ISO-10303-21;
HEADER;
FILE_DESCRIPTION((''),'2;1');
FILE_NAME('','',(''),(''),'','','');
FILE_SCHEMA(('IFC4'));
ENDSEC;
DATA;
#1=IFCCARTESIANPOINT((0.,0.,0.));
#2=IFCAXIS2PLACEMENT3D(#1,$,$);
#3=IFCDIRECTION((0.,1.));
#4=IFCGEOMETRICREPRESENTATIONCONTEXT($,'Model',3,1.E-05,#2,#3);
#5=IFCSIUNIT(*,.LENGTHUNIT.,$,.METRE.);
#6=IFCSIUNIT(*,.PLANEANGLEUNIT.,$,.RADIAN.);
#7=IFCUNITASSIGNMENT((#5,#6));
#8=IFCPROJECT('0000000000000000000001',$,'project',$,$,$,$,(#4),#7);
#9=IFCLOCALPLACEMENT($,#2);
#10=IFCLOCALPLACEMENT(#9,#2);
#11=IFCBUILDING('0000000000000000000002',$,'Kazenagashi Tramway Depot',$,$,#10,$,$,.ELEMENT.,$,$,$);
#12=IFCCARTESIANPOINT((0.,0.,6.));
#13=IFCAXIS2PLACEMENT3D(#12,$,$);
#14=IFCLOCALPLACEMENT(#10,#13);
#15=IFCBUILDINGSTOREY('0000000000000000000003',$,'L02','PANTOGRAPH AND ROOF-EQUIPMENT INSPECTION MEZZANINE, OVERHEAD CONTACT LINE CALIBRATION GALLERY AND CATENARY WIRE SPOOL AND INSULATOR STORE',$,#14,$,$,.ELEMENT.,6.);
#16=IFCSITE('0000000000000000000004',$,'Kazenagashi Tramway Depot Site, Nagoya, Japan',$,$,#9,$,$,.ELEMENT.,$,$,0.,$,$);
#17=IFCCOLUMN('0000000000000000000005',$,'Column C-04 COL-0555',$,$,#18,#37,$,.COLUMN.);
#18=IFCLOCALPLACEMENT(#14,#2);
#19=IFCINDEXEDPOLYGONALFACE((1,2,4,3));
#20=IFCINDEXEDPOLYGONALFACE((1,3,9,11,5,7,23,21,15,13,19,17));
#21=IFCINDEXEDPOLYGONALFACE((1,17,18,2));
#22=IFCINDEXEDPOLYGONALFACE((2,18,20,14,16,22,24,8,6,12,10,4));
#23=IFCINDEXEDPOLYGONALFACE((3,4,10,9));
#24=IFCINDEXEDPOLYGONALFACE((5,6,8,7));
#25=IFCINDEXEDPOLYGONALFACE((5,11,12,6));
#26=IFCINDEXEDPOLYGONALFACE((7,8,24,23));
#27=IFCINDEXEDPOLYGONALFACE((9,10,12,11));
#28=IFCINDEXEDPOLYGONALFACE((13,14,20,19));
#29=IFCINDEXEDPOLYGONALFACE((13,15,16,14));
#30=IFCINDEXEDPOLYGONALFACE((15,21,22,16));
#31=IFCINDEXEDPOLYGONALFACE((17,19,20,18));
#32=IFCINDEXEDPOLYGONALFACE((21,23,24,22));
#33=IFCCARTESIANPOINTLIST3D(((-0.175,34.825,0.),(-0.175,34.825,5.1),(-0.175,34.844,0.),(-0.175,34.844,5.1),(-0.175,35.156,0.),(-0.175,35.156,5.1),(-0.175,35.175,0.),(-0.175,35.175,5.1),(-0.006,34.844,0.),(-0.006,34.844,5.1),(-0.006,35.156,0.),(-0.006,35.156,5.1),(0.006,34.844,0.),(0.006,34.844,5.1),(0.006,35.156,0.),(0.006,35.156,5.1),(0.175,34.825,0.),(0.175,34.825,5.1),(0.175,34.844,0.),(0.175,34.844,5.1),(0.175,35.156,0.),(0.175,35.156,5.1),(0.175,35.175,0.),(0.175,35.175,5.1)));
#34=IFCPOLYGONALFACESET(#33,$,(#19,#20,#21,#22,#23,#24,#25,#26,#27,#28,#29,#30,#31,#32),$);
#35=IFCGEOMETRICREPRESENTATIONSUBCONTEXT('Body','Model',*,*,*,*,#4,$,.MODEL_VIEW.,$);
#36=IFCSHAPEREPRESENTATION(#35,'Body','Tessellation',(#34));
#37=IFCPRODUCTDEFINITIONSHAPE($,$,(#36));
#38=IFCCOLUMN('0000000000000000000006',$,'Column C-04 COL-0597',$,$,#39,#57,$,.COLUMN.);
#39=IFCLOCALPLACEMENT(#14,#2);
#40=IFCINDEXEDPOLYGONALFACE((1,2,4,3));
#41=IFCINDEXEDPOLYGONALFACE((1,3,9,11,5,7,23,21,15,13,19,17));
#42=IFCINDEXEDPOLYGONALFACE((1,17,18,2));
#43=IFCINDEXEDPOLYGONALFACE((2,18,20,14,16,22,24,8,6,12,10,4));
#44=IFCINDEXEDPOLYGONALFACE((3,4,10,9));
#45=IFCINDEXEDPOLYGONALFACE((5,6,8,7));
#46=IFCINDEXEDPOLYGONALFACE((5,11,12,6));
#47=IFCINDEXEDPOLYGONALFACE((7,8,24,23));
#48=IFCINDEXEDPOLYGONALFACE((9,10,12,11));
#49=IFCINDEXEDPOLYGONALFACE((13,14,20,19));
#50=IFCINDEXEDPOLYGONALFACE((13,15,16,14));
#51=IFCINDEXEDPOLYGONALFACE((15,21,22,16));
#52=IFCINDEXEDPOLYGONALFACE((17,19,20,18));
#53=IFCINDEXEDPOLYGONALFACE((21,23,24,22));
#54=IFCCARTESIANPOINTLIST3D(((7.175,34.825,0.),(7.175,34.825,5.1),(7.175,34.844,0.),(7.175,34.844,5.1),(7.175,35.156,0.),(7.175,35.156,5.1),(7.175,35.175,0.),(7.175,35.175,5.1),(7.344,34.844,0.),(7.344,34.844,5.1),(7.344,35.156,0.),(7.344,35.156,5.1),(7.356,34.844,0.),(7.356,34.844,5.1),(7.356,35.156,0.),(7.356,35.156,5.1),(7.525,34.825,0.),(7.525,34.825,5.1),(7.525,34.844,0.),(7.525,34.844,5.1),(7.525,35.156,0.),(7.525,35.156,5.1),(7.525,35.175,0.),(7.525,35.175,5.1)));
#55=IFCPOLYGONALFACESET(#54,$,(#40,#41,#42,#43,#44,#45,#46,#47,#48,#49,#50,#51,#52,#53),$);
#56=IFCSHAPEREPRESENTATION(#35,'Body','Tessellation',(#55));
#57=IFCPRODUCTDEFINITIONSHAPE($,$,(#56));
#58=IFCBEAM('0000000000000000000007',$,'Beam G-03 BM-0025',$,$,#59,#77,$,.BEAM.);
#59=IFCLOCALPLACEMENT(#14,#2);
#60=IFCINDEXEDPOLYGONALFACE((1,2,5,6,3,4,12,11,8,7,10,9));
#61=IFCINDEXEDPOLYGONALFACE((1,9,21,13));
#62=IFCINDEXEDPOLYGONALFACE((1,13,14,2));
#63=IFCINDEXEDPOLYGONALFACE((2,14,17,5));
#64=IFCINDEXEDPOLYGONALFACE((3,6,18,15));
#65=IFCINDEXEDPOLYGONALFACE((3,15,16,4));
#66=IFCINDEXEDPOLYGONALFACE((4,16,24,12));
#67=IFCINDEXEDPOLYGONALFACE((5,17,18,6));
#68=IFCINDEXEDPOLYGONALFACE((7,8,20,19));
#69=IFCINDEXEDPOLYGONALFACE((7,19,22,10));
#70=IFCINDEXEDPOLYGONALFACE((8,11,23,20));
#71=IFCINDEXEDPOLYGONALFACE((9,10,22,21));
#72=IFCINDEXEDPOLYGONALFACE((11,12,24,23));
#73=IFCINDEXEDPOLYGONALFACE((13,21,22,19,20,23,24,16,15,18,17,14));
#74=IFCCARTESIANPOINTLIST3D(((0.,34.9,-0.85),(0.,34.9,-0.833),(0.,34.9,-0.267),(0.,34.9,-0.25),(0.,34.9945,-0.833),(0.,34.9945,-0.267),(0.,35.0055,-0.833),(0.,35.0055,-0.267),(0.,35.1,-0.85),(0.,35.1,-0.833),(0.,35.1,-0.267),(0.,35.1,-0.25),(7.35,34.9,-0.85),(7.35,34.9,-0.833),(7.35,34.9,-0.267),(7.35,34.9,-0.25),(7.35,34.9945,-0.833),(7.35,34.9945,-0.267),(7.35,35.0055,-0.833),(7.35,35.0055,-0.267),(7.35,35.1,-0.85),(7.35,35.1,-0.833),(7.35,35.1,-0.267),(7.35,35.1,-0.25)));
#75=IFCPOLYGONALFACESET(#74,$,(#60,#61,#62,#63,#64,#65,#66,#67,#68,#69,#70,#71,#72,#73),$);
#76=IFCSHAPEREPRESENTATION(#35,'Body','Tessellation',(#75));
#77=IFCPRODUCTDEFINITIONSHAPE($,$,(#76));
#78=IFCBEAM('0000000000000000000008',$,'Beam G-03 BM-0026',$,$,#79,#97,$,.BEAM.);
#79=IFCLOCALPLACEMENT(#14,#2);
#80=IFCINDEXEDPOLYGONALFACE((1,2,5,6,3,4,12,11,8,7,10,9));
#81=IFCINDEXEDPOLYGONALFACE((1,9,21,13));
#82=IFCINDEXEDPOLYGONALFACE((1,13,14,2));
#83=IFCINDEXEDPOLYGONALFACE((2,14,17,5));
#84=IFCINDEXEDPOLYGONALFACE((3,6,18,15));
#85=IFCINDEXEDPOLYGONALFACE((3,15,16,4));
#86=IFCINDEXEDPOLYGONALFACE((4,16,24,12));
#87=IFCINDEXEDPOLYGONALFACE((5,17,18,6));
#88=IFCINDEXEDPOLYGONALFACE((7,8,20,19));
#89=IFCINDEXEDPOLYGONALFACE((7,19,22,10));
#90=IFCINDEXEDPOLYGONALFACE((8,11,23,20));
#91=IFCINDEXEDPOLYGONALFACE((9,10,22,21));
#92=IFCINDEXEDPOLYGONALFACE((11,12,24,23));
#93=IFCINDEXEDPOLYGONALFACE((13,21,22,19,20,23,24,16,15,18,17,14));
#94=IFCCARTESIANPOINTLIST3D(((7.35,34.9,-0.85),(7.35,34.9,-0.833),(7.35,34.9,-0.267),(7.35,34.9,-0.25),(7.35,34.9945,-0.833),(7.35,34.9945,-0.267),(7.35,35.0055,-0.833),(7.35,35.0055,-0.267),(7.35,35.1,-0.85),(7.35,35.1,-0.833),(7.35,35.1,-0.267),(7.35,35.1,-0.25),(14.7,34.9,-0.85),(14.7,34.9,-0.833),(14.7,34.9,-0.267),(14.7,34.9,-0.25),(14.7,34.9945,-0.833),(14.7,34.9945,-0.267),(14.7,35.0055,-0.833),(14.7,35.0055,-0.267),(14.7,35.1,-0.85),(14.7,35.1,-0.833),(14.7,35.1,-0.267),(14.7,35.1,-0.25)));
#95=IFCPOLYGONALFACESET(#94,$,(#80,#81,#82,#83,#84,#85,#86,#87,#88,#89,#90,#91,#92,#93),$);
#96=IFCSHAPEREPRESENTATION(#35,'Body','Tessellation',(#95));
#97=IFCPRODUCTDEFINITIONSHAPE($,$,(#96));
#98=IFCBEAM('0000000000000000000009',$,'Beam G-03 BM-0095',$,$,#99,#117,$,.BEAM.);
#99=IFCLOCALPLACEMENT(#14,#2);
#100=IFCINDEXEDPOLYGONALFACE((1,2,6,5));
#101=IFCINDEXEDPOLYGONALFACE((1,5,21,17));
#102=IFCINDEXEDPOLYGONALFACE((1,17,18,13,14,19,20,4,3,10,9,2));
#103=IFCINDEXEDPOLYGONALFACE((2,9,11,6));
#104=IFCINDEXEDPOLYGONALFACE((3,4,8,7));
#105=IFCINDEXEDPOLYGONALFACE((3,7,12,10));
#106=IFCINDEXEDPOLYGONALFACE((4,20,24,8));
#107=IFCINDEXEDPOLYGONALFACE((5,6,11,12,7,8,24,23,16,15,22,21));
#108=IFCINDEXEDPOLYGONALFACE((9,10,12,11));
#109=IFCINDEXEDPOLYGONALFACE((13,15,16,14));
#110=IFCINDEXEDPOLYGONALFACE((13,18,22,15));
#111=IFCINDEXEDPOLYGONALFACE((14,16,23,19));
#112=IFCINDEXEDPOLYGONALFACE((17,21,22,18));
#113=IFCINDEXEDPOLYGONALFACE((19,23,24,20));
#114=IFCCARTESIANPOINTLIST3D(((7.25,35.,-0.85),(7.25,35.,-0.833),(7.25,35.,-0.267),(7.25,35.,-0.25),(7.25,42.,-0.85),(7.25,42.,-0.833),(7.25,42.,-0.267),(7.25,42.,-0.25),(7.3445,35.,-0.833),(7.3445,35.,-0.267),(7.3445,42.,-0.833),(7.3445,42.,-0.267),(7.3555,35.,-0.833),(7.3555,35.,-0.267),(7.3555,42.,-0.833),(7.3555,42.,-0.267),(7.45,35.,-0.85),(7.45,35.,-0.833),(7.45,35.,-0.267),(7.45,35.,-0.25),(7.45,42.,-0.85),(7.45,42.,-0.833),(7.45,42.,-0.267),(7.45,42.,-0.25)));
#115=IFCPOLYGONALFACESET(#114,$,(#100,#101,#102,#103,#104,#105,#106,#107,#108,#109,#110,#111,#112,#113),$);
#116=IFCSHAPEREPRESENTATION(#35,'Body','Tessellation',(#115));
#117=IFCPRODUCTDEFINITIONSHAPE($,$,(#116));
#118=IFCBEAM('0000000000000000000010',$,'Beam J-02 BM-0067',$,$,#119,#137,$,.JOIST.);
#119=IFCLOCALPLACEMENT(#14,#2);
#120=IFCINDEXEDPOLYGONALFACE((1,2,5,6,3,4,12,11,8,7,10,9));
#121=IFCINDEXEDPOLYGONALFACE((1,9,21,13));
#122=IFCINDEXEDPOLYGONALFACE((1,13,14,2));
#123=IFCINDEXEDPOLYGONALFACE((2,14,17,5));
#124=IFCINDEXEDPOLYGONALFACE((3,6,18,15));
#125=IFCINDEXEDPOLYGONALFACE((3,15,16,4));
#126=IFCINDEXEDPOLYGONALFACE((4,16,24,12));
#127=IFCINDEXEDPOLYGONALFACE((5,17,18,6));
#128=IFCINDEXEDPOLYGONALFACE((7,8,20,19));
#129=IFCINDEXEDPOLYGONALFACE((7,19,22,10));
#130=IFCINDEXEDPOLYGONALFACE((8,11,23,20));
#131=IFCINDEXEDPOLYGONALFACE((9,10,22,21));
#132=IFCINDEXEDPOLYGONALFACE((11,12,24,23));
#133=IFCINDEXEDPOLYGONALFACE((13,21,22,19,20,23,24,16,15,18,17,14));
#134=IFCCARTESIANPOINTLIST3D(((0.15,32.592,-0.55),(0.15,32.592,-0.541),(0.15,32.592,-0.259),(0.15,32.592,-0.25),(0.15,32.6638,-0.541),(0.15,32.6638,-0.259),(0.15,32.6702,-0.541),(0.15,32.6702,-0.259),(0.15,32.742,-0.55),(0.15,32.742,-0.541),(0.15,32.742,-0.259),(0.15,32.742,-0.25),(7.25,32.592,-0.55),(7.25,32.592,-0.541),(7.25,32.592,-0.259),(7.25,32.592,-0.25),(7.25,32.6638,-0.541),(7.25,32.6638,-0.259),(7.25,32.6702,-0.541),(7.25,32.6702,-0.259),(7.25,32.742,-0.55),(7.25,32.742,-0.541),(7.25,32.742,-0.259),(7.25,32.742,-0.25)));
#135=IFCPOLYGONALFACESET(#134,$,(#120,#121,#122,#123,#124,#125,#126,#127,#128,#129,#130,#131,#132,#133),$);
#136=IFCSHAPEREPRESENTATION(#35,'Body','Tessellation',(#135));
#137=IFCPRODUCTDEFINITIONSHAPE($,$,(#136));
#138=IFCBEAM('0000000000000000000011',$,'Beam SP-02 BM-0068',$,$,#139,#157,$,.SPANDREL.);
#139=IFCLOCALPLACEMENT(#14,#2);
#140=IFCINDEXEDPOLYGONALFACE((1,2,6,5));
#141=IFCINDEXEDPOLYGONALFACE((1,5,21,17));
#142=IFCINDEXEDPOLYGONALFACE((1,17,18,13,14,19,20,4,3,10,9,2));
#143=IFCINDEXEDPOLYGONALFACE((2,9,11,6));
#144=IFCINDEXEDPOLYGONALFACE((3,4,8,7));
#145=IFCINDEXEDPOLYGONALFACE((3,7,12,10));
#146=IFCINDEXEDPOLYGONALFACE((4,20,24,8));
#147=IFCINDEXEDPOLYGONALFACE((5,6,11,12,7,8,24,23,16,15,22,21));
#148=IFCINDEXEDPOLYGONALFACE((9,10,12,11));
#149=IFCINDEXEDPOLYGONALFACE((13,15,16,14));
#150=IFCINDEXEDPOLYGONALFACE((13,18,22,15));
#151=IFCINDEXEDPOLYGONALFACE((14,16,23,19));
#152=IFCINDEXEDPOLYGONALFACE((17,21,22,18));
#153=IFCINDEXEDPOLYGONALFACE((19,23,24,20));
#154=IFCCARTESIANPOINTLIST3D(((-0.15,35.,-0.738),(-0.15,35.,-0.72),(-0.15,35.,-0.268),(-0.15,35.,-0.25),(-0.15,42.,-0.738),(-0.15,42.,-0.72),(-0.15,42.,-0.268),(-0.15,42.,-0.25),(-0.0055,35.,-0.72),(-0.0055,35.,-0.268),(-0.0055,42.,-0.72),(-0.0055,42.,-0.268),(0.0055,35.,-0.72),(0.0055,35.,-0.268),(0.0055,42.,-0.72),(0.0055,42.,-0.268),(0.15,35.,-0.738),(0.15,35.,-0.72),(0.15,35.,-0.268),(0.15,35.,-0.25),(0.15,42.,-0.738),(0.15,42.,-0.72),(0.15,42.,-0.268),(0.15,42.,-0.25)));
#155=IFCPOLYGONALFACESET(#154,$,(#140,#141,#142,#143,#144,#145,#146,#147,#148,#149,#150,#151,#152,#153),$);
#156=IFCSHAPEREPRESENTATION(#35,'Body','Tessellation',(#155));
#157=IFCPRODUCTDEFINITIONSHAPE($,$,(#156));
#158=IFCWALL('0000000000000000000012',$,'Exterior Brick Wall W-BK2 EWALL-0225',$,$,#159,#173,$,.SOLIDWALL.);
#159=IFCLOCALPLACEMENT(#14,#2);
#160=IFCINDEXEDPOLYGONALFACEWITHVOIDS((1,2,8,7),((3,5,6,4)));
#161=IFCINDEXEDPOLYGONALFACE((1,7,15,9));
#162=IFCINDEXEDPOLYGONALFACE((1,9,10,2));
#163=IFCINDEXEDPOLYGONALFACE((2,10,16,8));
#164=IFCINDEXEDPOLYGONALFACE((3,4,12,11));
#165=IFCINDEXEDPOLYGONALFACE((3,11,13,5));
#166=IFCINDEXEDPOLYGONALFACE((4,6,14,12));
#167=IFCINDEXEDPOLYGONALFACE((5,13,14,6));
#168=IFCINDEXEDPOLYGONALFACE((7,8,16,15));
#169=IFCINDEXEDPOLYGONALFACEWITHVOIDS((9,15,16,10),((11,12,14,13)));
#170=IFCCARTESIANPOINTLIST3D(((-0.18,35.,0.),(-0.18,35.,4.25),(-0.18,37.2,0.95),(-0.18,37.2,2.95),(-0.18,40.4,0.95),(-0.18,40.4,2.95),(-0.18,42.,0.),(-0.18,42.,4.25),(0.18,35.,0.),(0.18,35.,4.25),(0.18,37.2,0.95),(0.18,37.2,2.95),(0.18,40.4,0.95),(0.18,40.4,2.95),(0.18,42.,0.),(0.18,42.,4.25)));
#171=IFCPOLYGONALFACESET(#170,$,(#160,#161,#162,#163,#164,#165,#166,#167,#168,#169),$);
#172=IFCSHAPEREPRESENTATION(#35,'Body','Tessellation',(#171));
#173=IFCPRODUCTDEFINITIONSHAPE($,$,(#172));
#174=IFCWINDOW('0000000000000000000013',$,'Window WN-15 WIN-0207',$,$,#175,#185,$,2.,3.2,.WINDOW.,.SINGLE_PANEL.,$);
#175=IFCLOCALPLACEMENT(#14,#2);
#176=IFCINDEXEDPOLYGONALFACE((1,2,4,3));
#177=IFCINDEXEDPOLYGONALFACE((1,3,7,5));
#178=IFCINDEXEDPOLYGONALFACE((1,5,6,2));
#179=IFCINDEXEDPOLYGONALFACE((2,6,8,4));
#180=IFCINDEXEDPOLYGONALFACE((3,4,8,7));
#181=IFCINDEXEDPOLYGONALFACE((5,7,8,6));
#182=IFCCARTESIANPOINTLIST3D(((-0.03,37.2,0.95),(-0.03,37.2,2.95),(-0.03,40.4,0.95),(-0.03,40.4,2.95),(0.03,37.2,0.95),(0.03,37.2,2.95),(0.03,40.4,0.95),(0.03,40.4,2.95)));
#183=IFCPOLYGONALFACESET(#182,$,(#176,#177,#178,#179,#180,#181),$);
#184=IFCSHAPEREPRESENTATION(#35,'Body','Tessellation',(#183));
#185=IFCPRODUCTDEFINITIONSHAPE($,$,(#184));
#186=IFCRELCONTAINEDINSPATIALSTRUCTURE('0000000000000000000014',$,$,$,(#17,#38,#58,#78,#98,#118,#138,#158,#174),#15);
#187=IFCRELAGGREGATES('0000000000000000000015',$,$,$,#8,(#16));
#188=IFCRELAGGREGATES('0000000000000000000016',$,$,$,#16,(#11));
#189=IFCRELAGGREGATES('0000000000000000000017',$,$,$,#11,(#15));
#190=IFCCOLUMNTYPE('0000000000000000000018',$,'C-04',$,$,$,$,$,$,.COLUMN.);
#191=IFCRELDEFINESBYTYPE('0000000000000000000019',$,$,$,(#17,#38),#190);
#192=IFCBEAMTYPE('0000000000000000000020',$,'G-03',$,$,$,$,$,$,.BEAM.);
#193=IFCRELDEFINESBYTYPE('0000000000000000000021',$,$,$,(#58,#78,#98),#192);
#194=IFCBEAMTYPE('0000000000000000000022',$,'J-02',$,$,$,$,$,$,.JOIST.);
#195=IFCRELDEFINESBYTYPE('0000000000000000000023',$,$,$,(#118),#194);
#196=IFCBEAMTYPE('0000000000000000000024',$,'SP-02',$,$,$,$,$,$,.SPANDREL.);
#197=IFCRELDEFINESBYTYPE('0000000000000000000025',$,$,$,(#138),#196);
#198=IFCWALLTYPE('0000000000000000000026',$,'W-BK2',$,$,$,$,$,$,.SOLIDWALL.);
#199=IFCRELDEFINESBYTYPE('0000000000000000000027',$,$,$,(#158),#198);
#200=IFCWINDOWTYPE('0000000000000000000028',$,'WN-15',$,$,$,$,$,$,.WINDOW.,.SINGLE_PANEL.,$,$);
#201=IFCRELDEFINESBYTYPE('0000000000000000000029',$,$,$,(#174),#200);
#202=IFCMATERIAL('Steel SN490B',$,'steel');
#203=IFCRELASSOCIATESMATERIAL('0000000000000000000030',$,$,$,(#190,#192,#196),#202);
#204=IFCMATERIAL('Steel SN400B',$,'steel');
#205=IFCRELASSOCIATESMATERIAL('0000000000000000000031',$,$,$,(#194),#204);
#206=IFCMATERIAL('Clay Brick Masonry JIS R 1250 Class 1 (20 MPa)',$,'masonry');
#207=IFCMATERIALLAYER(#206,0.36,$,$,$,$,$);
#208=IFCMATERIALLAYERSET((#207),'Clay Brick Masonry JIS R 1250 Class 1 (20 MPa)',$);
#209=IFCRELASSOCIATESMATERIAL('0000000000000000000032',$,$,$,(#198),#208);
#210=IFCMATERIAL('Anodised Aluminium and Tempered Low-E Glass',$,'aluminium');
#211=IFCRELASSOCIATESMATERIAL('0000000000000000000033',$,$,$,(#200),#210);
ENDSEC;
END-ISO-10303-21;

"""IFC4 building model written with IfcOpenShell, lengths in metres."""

from ifc_helpers import new_model, si_unit, direction, frame, frame_2d, origin, origin_2d, place, context, subcontext, project, spatial, rectangle, i_section, extrude, material, layer, layer_set, material_profile, profile_set, type_object, element, fill, save


model = new_model("IFC4")

# Units and contexts
model_context = context("Model", 3, precision=1e-05, world=origin(), true_north=direction((0.0, 1.0)))
body_context = subcontext(model_context, "Body", "Model", "MODEL_VIEW")
ifc_project = project(units=[si_unit("LENGTHUNIT", "METRE"), si_unit("PLANEANGLEUNIT", "RADIAN")], contexts=[model_context])

# Site, building, storey
site_placement = place(None, origin())
site = spatial("IfcSite", under=ifc_project, at=site_placement, Name="Kazenagashi Tramway Depot Site, Nagoya, Japan", CompositionType="ELEMENT", RefElevation=0.0)
building_placement = place(site_placement, origin())
building = spatial("IfcBuilding", under=site, at=building_placement, Name="Kazenagashi Tramway Depot", CompositionType="ELEMENT")
storey_placement = place(building_placement, frame((0.0, 0.0, 6.0)))
storey = spatial("IfcBuildingStorey", under=building, at=storey_placement, Name="L02", Description="PANTOGRAPH AND ROOF-EQUIPMENT INSPECTION MEZZANINE, OVERHEAD CONTACT LINE CALIBRATION GALLERY AND CATENARY WIRE SPOOL AND INSULATOR STORE", CompositionType="ELEMENT", Elevation=6.0)

# Columns
ifc_material_1 = material(Name="Steel SN490B", Category="steel")
ifc_material_profile_1 = material_profile(ifc_material_1, i_section(OverallWidth=0.35, OverallDepth=0.35, WebThickness=0.012, FlangeThickness=0.019, at=origin_2d()), Name="H-350x350x12x19")
ifc_profile_set_1 = profile_set([ifc_material_profile_1], Name="Steel SN490B")
column_type = type_object("IfcColumnType", Name="C-04", PredefinedType="COLUMN", material=ifc_profile_set_1)
for number, where, z_axis, x_axis, name in (
    (1, (0.0, 35.0, 0.0), (0.0, 0.0, 1.0), (1.0, 0.0, 0.0), "Column C-04 COL-0555"),
    (2, (7.35, 35.0, 0.0), (0.0, 0.0, 1.0), (1.0, 0.0, 0.0), "Column C-04 COL-0597"),
):
    element("IfcColumn", number, at=place(storey_placement, frame(where, z_axis=z_axis, x_axis=x_axis)), inside=storey, type_object=column_type, Name=name, PredefinedType="COLUMN", context=body_context, shape_type="SweptSolid", body=[
        extrude(i_section(OverallWidth=0.35, OverallDepth=0.35, WebThickness=0.012, FlangeThickness=0.019, at=origin_2d()), origin(), (0.0, 0.0, 1.0), 5.1),
    ])

# Beams
ifc_material_profile_2 = material_profile(ifc_material_1, i_section(OverallWidth=0.2, OverallDepth=0.6, WebThickness=0.011, FlangeThickness=0.017, at=origin_2d()), Name="H-600x200x11x17")
ifc_profile_set_2 = profile_set([ifc_material_profile_2], Name="Steel SN490B")
beam_type_1 = type_object("IfcBeamType", Name="G-03", PredefinedType="BEAM", material=ifc_profile_set_2)
for number, where, z_axis, x_axis, name in (
    (3, (0.0, 35.0, -0.55), (1.0, 0.0, 0.0), (0.0, 1.0, 0.0), "Beam G-03 BM-0025"),
    (4, (7.35, 35.0, -0.55), (1.0, 0.0, 0.0), (0.0, 1.0, 0.0), "Beam G-03 BM-0026"),
):
    element("IfcBeam", number, at=place(storey_placement, frame(where, z_axis=z_axis, x_axis=x_axis)), inside=storey, type_object=beam_type_1, Name=name, PredefinedType="BEAM", context=body_context, shape_type="SweptSolid", body=[
        extrude(i_section(OverallWidth=0.2, OverallDepth=0.6, WebThickness=0.011, FlangeThickness=0.017, at=origin_2d()), origin(), (0.0, 0.0, 1.0), 7.35),
    ])
beam_1_placement = place(storey_placement, frame((7.35, 35.0, -0.55), z_axis=(0.0, 1.0, 0.0), x_axis=(-1.0, 0.0, 0.0)))
element("IfcBeam", 5, at=beam_1_placement, inside=storey, type_object=beam_type_1, Name="Beam G-03 BM-0095", PredefinedType="BEAM", context=body_context, shape_type="SweptSolid", body=[
    extrude(i_section(OverallWidth=0.2, OverallDepth=0.6, WebThickness=0.011, FlangeThickness=0.017, at=origin_2d()), origin(), (0.0, 0.0, 1.0), 7.0),
])
ifc_material_2 = material(Name="Steel SN400B", Category="steel")
ifc_material_profile_3 = material_profile(ifc_material_2, i_section(OverallWidth=0.15, OverallDepth=0.3, WebThickness=0.0065, FlangeThickness=0.009, at=origin_2d()), Name="H-300x150x6.5x9")
ifc_profile_set_3 = profile_set([ifc_material_profile_3], Name="Steel SN400B")
beam_type_2 = type_object("IfcBeamType", Name="J-02", PredefinedType="JOIST", material=ifc_profile_set_3)
beam_2_placement = place(storey_placement, frame((0.15, 32.667, -0.4), z_axis=(1.0, 0.0, 0.0), x_axis=(0.0, 1.0, 0.0)))
element("IfcBeam", 6, at=beam_2_placement, inside=storey, type_object=beam_type_2, Name="Beam J-02 BM-0067", PredefinedType="JOIST", context=body_context, shape_type="SweptSolid", body=[
    extrude(i_section(OverallWidth=0.15, OverallDepth=0.3, WebThickness=0.0065, FlangeThickness=0.009, at=origin_2d()), origin(), (0.0, 0.0, 1.0), 7.1),
])
ifc_material_profile_4 = material_profile(ifc_material_1, i_section(OverallWidth=0.3, OverallDepth=0.488, WebThickness=0.011, FlangeThickness=0.018, at=origin_2d()), Name="H-488x300x11x18")
ifc_profile_set_4 = profile_set([ifc_material_profile_4], Name="Steel SN490B")
beam_type_3 = type_object("IfcBeamType", Name="SP-02", PredefinedType="SPANDREL", material=ifc_profile_set_4)
beam_3_placement = place(storey_placement, frame((0.0, 35.0, -0.494), z_axis=(0.0, 1.0, 0.0), x_axis=(-1.0, 0.0, 0.0)))
element("IfcBeam", 7, at=beam_3_placement, inside=storey, type_object=beam_type_3, Name="Beam SP-02 BM-0068", PredefinedType="SPANDREL", context=body_context, shape_type="SweptSolid", body=[
    extrude(i_section(OverallWidth=0.3, OverallDepth=0.488, WebThickness=0.011, FlangeThickness=0.018, at=origin_2d()), origin(), (0.0, 0.0, 1.0), 7.0),
])

# Wall, opening, window
ifc_material_3 = material(Name="Clay Brick Masonry JIS R 1250 Class 1 (20 MPa)", Category="masonry")
ifc_layer_1 = layer(ifc_material_3, 0.36)
ifc_layer_set_1 = layer_set([ifc_layer_1], Name="Clay Brick Masonry JIS R 1250 Class 1 (20 MPa)")
wall_type_1 = type_object("IfcWallType", Name="W-BK2", PredefinedType="SOLIDWALL", material=ifc_layer_set_1)
wall_1_placement = place(storey_placement, frame((0.0, 35.0, 0.0), z_axis=(0.0, 0.0, 1.0), x_axis=(0.0, 1.0, 0.0)))
wall_1 = element("IfcWall", 8, at=wall_1_placement, inside=storey, type_object=wall_type_1, Name="Exterior Brick Wall W-BK2 EWALL-0225", PredefinedType="SOLIDWALL", context=body_context, shape_type="SweptSolid", body=[
    extrude(rectangle(XDim=7.0, YDim=0.36, at=frame_2d((3.5, 0.0))), origin(), (0.0, 0.0, 1.0), 4.25),
])
opening_1_placement = place(wall_1_placement, frame((2.2, 0.0, 0.95)))
opening_1 = element("IfcOpeningElement", 9, at=opening_1_placement, cuts=wall_1, PredefinedType="OPENING", context=body_context, shape_type="SweptSolid", body=[
    extrude(rectangle(XDim=3.2, YDim=2.0, at=frame_2d((1.6, 1.0))), frame((0.0, 0.19, 0.0), z_axis=(0.0, -1.0, 0.0), x_axis=(1.0, 0.0, 0.0)), (0.0, 0.0, 1.0), 0.38),
])
ifc_material_4 = material(Name="Anodised Aluminium and Tempered Low-E Glass", Category="aluminium")
window_type = type_object("IfcWindowType", Name="WN-15", PartitioningType="SINGLE_PANEL", PredefinedType="WINDOW", material=ifc_material_4)
window_placement = place(opening_1_placement, origin())
window = element("IfcWindow", 10, at=window_placement, inside=storey, type_object=window_type, Name="Window WN-15 WIN-0207", OverallHeight=2.0, OverallWidth=3.2, PartitioningType="SINGLE_PANEL", PredefinedType="WINDOW", context=body_context, shape_type="SweptSolid", body=[
    extrude(rectangle(XDim=3.2, YDim=2.0, at=frame_2d((1.6, 1.0))), frame((0.0, 0.03, 0.0), z_axis=(0.0, -1.0, 0.0), x_axis=(1.0, 0.0, 0.0)), (0.0, 0.0, 1.0), 0.06),
])
fill(opening_1, window)

save(model, "model.ifc")
